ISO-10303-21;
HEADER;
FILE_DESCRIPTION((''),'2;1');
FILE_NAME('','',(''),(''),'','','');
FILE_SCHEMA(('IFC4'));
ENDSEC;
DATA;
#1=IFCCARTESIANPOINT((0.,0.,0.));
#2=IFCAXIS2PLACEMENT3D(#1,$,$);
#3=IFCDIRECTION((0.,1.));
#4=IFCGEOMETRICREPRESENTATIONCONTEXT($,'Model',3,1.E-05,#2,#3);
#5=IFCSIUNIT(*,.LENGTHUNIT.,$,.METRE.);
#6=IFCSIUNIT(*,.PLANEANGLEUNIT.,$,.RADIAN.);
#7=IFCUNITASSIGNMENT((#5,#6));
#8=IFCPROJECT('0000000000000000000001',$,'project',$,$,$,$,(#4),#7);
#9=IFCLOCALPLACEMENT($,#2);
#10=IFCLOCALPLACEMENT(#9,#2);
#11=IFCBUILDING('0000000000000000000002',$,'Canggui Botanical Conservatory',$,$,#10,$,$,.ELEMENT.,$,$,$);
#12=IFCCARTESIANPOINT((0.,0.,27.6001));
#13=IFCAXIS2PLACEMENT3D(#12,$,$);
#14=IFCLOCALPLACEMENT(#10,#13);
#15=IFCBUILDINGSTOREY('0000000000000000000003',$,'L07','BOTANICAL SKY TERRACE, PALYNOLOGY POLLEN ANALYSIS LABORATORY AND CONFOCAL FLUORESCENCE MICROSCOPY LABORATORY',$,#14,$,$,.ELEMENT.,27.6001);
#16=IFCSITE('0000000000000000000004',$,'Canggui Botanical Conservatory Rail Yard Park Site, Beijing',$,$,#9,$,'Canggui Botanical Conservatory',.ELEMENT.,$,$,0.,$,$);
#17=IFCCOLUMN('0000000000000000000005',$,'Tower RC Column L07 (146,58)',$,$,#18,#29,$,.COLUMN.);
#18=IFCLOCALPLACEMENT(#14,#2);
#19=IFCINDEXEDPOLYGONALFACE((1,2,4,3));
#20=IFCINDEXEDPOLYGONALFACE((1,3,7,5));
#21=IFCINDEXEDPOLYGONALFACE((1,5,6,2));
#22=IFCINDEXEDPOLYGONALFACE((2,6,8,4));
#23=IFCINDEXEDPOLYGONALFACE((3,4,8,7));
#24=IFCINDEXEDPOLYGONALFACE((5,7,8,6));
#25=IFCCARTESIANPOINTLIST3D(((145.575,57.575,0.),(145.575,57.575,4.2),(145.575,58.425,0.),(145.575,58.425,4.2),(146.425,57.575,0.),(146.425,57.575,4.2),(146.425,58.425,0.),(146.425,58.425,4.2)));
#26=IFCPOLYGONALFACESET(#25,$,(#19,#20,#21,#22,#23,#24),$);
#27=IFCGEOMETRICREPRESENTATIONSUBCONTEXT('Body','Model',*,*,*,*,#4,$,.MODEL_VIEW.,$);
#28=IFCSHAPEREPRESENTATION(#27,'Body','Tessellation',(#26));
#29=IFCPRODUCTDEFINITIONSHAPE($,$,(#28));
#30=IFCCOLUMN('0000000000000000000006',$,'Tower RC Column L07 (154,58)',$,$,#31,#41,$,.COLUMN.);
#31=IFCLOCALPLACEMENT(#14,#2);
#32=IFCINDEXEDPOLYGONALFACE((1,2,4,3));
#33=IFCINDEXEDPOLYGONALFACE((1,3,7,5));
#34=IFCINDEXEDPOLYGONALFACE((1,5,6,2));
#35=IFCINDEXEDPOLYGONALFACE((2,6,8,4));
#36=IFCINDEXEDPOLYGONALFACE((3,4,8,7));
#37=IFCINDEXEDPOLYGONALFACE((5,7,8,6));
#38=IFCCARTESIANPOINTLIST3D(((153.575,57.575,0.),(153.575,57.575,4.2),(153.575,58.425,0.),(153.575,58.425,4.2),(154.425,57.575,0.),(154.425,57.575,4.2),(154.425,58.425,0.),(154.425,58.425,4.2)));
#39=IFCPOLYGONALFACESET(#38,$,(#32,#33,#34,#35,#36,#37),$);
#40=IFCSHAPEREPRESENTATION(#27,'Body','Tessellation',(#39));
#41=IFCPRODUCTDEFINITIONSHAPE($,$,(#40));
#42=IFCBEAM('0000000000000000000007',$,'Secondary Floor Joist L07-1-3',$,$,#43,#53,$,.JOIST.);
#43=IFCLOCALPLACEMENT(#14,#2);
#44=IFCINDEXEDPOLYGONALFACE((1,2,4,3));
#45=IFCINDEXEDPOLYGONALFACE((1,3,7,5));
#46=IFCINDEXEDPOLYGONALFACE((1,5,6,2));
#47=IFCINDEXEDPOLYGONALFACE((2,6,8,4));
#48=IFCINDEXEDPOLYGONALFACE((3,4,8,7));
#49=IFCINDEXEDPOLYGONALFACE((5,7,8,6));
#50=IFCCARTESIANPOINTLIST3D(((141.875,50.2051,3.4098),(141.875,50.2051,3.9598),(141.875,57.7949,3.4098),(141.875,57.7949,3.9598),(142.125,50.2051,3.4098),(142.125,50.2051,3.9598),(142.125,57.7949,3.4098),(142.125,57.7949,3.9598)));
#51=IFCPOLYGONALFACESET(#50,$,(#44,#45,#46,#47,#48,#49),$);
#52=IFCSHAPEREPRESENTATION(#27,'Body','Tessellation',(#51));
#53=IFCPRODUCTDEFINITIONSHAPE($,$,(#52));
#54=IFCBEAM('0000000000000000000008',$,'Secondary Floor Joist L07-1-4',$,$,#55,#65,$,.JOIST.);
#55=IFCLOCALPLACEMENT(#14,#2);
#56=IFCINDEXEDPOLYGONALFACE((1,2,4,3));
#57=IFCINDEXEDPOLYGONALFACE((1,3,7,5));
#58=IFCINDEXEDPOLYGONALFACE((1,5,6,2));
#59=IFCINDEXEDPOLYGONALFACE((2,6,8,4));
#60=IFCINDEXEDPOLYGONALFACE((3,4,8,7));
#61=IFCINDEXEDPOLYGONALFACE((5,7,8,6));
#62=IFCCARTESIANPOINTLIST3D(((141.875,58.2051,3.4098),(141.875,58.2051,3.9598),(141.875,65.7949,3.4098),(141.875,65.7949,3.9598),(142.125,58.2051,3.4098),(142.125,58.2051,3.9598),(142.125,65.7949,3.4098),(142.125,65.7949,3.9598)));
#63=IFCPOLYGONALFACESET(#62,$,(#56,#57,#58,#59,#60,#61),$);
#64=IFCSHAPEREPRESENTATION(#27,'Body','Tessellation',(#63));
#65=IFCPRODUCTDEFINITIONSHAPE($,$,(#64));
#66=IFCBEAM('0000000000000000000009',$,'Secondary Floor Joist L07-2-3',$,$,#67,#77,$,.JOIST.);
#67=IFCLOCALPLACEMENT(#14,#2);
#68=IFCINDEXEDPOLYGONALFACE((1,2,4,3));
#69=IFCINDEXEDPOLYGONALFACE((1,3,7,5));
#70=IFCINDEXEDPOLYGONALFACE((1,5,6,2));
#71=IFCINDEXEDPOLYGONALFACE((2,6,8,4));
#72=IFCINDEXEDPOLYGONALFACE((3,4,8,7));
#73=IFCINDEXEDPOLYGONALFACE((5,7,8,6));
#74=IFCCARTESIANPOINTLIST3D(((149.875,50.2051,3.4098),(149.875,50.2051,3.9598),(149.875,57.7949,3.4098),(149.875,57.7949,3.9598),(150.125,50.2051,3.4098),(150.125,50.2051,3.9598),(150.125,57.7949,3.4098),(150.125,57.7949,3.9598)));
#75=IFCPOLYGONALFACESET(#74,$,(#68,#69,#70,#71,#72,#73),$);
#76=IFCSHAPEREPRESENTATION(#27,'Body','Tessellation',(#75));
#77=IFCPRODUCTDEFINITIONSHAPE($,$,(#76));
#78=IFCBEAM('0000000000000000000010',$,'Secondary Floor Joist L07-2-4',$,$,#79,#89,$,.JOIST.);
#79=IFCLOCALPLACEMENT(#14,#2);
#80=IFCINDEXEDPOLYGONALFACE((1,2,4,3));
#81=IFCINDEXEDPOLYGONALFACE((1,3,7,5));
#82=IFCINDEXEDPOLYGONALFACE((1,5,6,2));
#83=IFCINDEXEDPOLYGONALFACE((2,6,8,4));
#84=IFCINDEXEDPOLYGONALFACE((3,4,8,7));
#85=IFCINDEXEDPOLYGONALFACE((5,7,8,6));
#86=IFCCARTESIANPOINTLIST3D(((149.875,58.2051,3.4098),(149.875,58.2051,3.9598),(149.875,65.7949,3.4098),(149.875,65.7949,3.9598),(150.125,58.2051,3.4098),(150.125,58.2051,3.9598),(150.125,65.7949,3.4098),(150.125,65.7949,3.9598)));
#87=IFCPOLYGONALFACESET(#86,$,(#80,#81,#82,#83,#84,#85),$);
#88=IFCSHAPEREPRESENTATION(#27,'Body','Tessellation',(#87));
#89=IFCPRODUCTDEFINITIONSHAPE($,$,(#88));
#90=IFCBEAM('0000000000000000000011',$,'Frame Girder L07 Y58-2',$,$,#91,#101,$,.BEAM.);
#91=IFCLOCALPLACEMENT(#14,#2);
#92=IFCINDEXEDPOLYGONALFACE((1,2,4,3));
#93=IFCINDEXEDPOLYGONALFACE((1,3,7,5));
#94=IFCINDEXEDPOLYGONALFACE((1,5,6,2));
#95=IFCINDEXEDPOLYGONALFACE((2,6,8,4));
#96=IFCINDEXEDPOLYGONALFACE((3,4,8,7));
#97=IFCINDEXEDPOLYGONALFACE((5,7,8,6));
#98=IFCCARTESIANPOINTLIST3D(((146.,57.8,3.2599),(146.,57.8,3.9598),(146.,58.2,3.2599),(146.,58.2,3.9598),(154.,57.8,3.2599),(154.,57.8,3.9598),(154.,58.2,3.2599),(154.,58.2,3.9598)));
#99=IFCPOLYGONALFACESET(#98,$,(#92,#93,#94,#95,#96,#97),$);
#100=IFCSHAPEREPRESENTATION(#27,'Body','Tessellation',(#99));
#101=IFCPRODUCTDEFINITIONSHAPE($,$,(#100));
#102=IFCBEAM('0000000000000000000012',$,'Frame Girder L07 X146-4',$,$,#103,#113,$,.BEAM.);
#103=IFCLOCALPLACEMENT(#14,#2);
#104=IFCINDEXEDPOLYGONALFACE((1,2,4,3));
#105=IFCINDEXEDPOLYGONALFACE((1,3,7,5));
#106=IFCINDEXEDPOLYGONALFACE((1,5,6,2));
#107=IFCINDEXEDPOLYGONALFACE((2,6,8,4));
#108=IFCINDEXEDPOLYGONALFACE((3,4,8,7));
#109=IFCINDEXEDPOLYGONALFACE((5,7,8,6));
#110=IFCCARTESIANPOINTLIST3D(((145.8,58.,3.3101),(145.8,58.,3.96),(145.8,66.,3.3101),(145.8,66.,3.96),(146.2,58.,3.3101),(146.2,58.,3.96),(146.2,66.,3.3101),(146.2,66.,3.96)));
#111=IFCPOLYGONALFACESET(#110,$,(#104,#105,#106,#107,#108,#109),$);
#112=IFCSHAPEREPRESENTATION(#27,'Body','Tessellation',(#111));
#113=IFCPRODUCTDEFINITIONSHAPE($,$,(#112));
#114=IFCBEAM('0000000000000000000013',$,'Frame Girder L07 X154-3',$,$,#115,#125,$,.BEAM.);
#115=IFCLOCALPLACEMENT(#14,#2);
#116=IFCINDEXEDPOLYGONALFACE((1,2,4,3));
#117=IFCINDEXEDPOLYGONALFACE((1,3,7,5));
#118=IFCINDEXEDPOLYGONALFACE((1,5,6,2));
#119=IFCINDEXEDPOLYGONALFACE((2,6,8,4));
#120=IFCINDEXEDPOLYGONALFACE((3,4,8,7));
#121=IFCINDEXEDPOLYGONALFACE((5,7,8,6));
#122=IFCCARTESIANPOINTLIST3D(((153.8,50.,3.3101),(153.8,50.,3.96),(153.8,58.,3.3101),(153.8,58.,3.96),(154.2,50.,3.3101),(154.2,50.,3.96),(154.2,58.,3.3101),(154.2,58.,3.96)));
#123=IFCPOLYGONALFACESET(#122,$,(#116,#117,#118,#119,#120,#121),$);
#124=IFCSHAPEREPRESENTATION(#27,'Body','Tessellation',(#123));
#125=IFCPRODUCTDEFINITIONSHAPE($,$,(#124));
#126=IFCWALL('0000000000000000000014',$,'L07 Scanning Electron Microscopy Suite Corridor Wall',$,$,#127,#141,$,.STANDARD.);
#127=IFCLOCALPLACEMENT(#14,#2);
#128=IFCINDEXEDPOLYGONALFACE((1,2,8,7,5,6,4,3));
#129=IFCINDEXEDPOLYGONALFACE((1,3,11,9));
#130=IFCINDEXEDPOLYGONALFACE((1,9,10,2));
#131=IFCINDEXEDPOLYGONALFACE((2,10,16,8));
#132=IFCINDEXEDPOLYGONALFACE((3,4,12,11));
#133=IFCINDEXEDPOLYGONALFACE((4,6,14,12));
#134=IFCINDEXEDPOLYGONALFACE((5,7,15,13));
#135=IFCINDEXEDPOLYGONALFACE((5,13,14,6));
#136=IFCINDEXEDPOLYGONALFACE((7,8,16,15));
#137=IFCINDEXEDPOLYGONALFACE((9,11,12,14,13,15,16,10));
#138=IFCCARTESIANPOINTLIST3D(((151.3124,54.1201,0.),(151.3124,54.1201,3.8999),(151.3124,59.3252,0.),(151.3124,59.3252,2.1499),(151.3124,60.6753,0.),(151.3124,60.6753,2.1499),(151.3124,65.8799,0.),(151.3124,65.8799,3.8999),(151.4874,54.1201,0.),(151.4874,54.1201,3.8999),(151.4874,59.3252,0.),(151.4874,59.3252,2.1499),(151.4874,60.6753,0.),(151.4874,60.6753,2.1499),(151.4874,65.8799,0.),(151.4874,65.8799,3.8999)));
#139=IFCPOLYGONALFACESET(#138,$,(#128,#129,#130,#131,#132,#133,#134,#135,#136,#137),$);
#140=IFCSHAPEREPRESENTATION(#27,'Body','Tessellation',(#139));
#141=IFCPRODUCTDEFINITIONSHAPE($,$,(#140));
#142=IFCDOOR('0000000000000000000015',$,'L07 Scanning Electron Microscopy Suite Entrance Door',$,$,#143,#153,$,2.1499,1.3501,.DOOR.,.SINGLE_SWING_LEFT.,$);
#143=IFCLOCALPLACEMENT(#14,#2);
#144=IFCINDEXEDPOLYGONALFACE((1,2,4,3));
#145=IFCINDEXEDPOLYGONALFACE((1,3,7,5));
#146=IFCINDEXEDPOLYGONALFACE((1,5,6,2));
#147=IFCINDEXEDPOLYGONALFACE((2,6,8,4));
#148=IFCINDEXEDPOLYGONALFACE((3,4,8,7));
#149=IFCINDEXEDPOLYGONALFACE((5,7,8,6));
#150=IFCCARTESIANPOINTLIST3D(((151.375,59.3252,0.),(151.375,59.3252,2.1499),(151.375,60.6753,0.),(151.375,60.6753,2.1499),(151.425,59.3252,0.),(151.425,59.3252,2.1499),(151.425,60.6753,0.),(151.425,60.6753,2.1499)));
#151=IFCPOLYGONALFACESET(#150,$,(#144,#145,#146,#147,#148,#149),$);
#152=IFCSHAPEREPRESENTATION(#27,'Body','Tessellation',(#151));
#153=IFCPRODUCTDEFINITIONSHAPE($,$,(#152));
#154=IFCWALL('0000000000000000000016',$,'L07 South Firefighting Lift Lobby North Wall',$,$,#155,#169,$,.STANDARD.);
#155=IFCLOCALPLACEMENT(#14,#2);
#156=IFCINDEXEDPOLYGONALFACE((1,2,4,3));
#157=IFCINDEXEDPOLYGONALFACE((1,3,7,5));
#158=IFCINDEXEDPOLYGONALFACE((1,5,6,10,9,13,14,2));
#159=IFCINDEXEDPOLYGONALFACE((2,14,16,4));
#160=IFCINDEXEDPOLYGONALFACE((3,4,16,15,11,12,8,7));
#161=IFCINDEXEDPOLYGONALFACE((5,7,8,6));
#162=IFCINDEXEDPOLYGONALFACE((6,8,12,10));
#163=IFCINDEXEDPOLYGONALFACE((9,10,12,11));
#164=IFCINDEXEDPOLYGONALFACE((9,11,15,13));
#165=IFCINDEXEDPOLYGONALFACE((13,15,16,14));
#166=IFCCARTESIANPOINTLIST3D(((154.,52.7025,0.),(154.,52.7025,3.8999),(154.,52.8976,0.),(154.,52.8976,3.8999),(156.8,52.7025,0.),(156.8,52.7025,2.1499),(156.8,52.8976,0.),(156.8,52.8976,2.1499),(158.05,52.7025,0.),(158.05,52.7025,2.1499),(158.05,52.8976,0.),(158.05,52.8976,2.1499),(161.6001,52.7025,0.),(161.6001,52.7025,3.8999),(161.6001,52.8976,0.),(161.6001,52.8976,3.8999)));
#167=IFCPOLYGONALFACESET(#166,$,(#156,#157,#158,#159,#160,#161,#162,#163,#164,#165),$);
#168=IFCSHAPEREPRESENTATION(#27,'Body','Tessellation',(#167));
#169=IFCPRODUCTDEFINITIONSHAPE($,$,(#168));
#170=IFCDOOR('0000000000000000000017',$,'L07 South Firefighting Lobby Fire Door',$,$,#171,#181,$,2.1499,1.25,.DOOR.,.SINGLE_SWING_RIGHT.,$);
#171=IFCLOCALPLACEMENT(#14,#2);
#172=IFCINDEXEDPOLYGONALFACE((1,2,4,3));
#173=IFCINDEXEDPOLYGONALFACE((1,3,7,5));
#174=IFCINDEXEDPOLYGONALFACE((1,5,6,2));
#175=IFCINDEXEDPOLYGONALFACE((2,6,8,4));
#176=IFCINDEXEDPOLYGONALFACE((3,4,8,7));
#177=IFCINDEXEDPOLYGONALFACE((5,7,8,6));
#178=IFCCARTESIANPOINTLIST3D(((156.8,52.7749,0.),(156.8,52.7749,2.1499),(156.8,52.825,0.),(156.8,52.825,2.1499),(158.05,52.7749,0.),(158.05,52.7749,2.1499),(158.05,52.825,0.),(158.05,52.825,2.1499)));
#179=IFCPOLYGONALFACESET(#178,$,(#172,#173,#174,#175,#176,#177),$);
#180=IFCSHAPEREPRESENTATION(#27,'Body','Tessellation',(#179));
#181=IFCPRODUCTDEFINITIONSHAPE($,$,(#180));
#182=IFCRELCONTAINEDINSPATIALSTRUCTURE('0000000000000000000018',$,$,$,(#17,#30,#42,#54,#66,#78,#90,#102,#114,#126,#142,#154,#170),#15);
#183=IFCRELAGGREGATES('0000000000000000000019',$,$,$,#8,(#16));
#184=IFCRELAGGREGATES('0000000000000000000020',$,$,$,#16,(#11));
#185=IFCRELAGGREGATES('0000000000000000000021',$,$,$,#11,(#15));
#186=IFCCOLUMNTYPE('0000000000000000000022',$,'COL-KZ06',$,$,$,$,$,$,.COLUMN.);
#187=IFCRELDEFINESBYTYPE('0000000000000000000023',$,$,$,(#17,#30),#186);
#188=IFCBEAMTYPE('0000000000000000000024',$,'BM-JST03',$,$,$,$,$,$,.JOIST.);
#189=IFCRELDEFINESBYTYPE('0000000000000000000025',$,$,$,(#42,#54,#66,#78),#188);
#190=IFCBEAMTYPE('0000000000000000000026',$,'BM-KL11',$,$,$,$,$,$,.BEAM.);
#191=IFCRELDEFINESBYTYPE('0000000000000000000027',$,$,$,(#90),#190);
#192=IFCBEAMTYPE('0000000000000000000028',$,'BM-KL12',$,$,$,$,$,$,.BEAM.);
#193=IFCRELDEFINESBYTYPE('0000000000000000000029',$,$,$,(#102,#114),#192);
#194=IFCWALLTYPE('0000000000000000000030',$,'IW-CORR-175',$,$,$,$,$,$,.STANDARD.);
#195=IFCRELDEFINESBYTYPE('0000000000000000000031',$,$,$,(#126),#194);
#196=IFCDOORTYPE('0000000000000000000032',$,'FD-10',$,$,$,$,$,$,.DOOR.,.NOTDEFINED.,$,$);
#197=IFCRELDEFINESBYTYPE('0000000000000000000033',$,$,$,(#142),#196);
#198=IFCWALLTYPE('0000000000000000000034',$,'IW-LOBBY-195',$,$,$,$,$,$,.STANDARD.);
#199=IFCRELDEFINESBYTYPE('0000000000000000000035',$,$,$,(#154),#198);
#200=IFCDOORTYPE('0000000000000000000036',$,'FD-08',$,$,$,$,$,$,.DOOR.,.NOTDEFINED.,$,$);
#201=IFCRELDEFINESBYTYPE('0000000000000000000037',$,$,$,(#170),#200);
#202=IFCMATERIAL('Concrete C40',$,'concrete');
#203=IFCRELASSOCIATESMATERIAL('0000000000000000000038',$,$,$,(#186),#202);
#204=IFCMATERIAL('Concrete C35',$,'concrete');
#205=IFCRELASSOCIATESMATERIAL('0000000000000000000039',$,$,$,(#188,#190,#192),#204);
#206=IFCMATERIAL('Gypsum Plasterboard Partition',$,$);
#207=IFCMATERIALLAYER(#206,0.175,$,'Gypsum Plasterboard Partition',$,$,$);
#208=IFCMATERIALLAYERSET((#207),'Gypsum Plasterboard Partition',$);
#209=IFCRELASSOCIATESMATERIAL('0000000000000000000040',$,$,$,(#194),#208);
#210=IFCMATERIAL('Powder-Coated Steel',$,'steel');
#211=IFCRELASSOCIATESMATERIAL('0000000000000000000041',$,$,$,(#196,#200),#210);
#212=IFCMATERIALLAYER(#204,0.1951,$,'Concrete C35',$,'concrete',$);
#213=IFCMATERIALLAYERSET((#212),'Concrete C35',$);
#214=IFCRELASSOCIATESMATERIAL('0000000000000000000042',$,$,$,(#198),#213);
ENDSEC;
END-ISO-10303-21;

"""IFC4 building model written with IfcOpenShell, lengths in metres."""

from ifc_helpers import new_model, si_unit, direction, frame, frame_2d, origin, origin_2d, place, context, subcontext, project, spatial, rectangle, extrude, material, layer, layer_set, material_profile, profile_set, type_object, element, fill, save


model = new_model("IFC4")

# Units and contexts
model_context = context("Model", 3, precision=1e-05, world=origin(), true_north=direction((0.0, 1.0)))
body_context = subcontext(model_context, "Body", "Model", "MODEL_VIEW")
ifc_project = project(units=[si_unit("LENGTHUNIT", "METRE"), si_unit("PLANEANGLEUNIT", "RADIAN")], contexts=[model_context])

# Site, building, storey
site_placement = place(None, origin())
site = spatial("IfcSite", under=ifc_project, at=site_placement, Name="Canggui Botanical Conservatory Rail Yard Park Site, Beijing", LongName="Canggui Botanical Conservatory", CompositionType="ELEMENT", RefElevation=0.0)
building_placement = place(site_placement, origin())
building = spatial("IfcBuilding", under=site, at=building_placement, Name="Canggui Botanical Conservatory", CompositionType="ELEMENT")
storey_placement = place(building_placement, frame((0.0, 0.0, 27.6001)))
storey = spatial("IfcBuildingStorey", under=building, at=storey_placement, Name="L07", Description="BOTANICAL SKY TERRACE, PALYNOLOGY POLLEN ANALYSIS LABORATORY AND CONFOCAL FLUORESCENCE MICROSCOPY LABORATORY", CompositionType="ELEMENT", Elevation=27.6001)

# Columns
ifc_material_1 = material(Name="Concrete C40", Category="concrete")
ifc_material_profile_1 = material_profile(ifc_material_1, rectangle(XDim=0.8501, YDim=0.8501, at=origin_2d()), Name="RC 850x850")
ifc_profile_set_1 = profile_set([ifc_material_profile_1], Name="Concrete C40")
column_type = type_object("IfcColumnType", Name="COL-KZ06", PredefinedType="COLUMN", material=ifc_profile_set_1)
for number, where, z_axis, x_axis, name in (
    (1, (146.0, 58.0, 0.0), (0.0, 0.0, 1.0), (1.0, 0.0, 0.0), "Tower RC Column L07 (146,58)"),
    (2, (154.0, 58.0, 0.0), (0.0, 0.0, 1.0), (1.0, 0.0, 0.0), "Tower RC Column L07 (154,58)"),
):
    element("IfcColumn", number, at=place(storey_placement, frame(where, z_axis=z_axis, x_axis=x_axis)), inside=storey, type_object=column_type, Name=name, PredefinedType="COLUMN", context=body_context, shape_type="SweptSolid", body=[
        extrude(rectangle(XDim=0.8501, YDim=0.8501, at=origin_2d()), origin(), (0.0, 0.0, 1.0), 4.2),
    ])

# Beams
ifc_material_2 = material(Name="Concrete C35", Category="concrete")
ifc_material_profile_2 = material_profile(ifc_material_2, rectangle(XDim=0.25, YDim=0.55, at=origin_2d()), Name="RB 250x550")
ifc_profile_set_2 = profile_set([ifc_material_profile_2], Name="Concrete C35")
beam_type_1 = type_object("IfcBeamType", Name="BM-JST03", PredefinedType="JOIST", material=ifc_profile_set_2)
for number, where, z_axis, x_axis, name in (
    (3, (142.0, 50.2051, 3.6848), (0.0, 1.0, 0.0), (-1.0, 0.0, 0.0), "Secondary Floor Joist L07-1-3"),
    (4, (142.0, 58.2051, 3.6848), (0.0, 1.0, 0.0), (-1.0, 0.0, 0.0), "Secondary Floor Joist L07-1-4"),
    (5, (150.0, 50.2051, 3.6848), (0.0, 1.0, 0.0), (-1.0, 0.0, 0.0), "Secondary Floor Joist L07-2-3"),
    (6, (150.0, 58.2051, 3.6848), (0.0, 1.0, 0.0), (-1.0, 0.0, 0.0), "Secondary Floor Joist L07-2-4"),
):
    element("IfcBeam", number, at=place(storey_placement, frame(where, z_axis=z_axis, x_axis=x_axis)), inside=storey, type_object=beam_type_1, Name=name, PredefinedType="JOIST", context=body_context, shape_type="SweptSolid", body=[
        extrude(rectangle(XDim=0.25, YDim=0.55, at=origin_2d()), origin(), (0.0, 0.0, 1.0), 7.5898),
    ])
ifc_material_profile_3 = material_profile(ifc_material_2, rectangle(XDim=0.3999, YDim=0.7, at=origin_2d()), Name="RB 400x700")
ifc_profile_set_3 = profile_set([ifc_material_profile_3], Name="Concrete C35")
beam_type_2 = type_object("IfcBeamType", Name="BM-KL11", PredefinedType="BEAM", material=ifc_profile_set_3)
beam_placement = place(storey_placement, frame((146.0, 58.0, 3.6099), z_axis=(1.0, 0.0, 0.0), x_axis=(0.0, 1.0, 0.0)))
element("IfcBeam", 7, at=beam_placement, inside=storey, type_object=beam_type_2, Name="Frame Girder L07 Y58-2", PredefinedType="BEAM", context=body_context, shape_type="SweptSolid", body=[
    extrude(rectangle(XDim=0.3999, YDim=0.7, at=origin_2d()), origin(), (0.0, 0.0, 1.0), 8.0),
])
ifc_material_profile_4 = material_profile(ifc_material_2, rectangle(XDim=0.3999, YDim=0.6499, at=origin_2d()), Name="RB 400x650")
ifc_profile_set_4 = profile_set([ifc_material_profile_4], Name="Concrete C35")
beam_type_3 = type_object("IfcBeamType", Name="BM-KL12", PredefinedType="BEAM", material=ifc_profile_set_4)
for number, where, z_axis, x_axis, name in (
    (8, (146.0, 58.0, 3.635), (0.0, 1.0, 0.0), (-1.0, 0.0, 0.0), "Frame Girder L07 X146-4"),
    (9, (154.0, 50.0, 3.635), (0.0, 1.0, 0.0), (-1.0, 0.0, 0.0), "Frame Girder L07 X154-3"),
):
    element("IfcBeam", number, at=place(storey_placement, frame(where, z_axis=z_axis, x_axis=x_axis)), inside=storey, type_object=beam_type_3, Name=name, PredefinedType="BEAM", context=body_context, shape_type="SweptSolid", body=[
        extrude(rectangle(XDim=0.3999, YDim=0.6499, at=origin_2d()), origin(), (0.0, 0.0, 1.0), 8.0),
    ])

# Walls, openings, doors
ifc_material_3 = material(Name="Gypsum Plasterboard Partition")
ifc_layer_1 = layer(ifc_material_3, 0.175, Name="Gypsum Plasterboard Partition")
ifc_layer_set_1 = layer_set([ifc_layer_1], Name="Gypsum Plasterboard Partition")
wall_type_1 = type_object("IfcWallType", Name="IW-CORR-175", PredefinedType="STANDARD", material=ifc_layer_set_1)
wall_1_placement = place(storey_placement, frame((151.3999, 54.1201, 0.0), z_axis=(0.0, 0.0, 1.0), x_axis=(0.0, 1.0, 0.0)))
wall_1 = element("IfcWall", 10, at=wall_1_placement, inside=storey, type_object=wall_type_1, Name="L07 Scanning Electron Microscopy Suite Corridor Wall", PredefinedType="STANDARD", context=body_context, shape_type="SweptSolid", body=[
    extrude(rectangle(XDim=11.7598, YDim=0.175, at=frame_2d((5.8799, 0.0))), origin(), (0.0, 0.0, 1.0), 3.8999),
])
opening_1_placement = place(wall_1_placement, frame((5.2051, 0.0, 0.0)))
opening_1 = element("IfcOpeningElement", 11, at=opening_1_placement, cuts=wall_1, PredefinedType="OPENING", context=body_context, shape_type="SweptSolid", body=[
    extrude(rectangle(XDim=1.3501, YDim=2.1499, at=frame_2d((0.675, 1.075))), frame((0.0, 0.0977, 0.0), z_axis=(0.0, -1.0, 0.0), x_axis=(1.0, 0.0, 0.0)), (0.0, 0.0, 1.0), 0.1951),
])
ifc_material_4 = material(Name="Powder-Coated Steel", Category="steel")
door_type_1 = type_object("IfcDoorType", Name="FD-10", OperationType="NOTDEFINED", PredefinedType="DOOR", material=ifc_material_4)
door_1_placement = place(opening_1_placement, origin())
door_1 = element("IfcDoor", 12, at=door_1_placement, inside=storey, type_object=door_type_1, Name="L07 Scanning Electron Microscopy Suite Entrance Door", OperationType="SINGLE_SWING_LEFT", OverallHeight=2.1499, OverallWidth=1.3501, PredefinedType="DOOR", context=body_context, shape_type="SweptSolid", body=[
    extrude(rectangle(XDim=1.3501, YDim=2.1499, at=frame_2d((0.675, 1.075))), frame((0.0, 0.0249, 0.0), z_axis=(0.0, -1.0, 0.0), x_axis=(1.0, 0.0, 0.0)), (0.0, 0.0, 1.0), 0.05),
])
fill(opening_1, door_1)
ifc_layer_2 = layer(ifc_material_2, 0.1951, Name="Concrete C35", Category="concrete")
ifc_layer_set_2 = layer_set([ifc_layer_2], Name="Concrete C35")
wall_type_2 = type_object("IfcWallType", Name="IW-LOBBY-195", PredefinedType="STANDARD", material=ifc_layer_set_2)
wall_2_placement = place(storey_placement, frame((154.0, 52.8, 0.0), z_axis=(0.0, 0.0, 1.0), x_axis=(1.0, 0.0, 0.0)))
wall_2 = element("IfcWall", 13, at=wall_2_placement, inside=storey, type_object=wall_type_2, Name="L07 South Firefighting Lift Lobby North Wall", PredefinedType="STANDARD", context=body_context, shape_type="SweptSolid", body=[
    extrude(rectangle(XDim=7.6001, YDim=0.1951, at=frame_2d((3.8, 0.0))), origin(), (0.0, 0.0, 1.0), 3.8999),
])
opening_2_placement = place(wall_2_placement, frame((2.8, 0.0, 0.0)))
opening_2 = element("IfcOpeningElement", 14, at=opening_2_placement, cuts=wall_2, PredefinedType="OPENING", context=body_context, shape_type="SweptSolid", body=[
    extrude(rectangle(XDim=1.25, YDim=2.1499, at=frame_2d((0.625, 1.075))), frame((0.0, 0.1074, 0.0), z_axis=(0.0, -1.0, 0.0), x_axis=(1.0, 0.0, 0.0)), (0.0, 0.0, 1.0), 0.2151),
])
door_type_2 = type_object("IfcDoorType", Name="FD-08", OperationType="NOTDEFINED", PredefinedType="DOOR", material=ifc_material_4)
door_2_placement = place(opening_2_placement, origin())
door_2 = element("IfcDoor", 15, at=door_2_placement, inside=storey, type_object=door_type_2, Name="L07 South Firefighting Lobby Fire Door", OperationType="SINGLE_SWING_RIGHT", OverallHeight=2.1499, OverallWidth=1.25, PredefinedType="DOOR", context=body_context, shape_type="SweptSolid", body=[
    extrude(rectangle(XDim=1.25, YDim=2.1499, at=frame_2d((0.625, 1.075))), frame((0.0, 0.0249, 0.0), z_axis=(0.0, -1.0, 0.0), x_axis=(1.0, 0.0, 0.0)), (0.0, 0.0, 1.0), 0.05),
])
fill(opening_2, door_2)

save(model, "model.ifc")
